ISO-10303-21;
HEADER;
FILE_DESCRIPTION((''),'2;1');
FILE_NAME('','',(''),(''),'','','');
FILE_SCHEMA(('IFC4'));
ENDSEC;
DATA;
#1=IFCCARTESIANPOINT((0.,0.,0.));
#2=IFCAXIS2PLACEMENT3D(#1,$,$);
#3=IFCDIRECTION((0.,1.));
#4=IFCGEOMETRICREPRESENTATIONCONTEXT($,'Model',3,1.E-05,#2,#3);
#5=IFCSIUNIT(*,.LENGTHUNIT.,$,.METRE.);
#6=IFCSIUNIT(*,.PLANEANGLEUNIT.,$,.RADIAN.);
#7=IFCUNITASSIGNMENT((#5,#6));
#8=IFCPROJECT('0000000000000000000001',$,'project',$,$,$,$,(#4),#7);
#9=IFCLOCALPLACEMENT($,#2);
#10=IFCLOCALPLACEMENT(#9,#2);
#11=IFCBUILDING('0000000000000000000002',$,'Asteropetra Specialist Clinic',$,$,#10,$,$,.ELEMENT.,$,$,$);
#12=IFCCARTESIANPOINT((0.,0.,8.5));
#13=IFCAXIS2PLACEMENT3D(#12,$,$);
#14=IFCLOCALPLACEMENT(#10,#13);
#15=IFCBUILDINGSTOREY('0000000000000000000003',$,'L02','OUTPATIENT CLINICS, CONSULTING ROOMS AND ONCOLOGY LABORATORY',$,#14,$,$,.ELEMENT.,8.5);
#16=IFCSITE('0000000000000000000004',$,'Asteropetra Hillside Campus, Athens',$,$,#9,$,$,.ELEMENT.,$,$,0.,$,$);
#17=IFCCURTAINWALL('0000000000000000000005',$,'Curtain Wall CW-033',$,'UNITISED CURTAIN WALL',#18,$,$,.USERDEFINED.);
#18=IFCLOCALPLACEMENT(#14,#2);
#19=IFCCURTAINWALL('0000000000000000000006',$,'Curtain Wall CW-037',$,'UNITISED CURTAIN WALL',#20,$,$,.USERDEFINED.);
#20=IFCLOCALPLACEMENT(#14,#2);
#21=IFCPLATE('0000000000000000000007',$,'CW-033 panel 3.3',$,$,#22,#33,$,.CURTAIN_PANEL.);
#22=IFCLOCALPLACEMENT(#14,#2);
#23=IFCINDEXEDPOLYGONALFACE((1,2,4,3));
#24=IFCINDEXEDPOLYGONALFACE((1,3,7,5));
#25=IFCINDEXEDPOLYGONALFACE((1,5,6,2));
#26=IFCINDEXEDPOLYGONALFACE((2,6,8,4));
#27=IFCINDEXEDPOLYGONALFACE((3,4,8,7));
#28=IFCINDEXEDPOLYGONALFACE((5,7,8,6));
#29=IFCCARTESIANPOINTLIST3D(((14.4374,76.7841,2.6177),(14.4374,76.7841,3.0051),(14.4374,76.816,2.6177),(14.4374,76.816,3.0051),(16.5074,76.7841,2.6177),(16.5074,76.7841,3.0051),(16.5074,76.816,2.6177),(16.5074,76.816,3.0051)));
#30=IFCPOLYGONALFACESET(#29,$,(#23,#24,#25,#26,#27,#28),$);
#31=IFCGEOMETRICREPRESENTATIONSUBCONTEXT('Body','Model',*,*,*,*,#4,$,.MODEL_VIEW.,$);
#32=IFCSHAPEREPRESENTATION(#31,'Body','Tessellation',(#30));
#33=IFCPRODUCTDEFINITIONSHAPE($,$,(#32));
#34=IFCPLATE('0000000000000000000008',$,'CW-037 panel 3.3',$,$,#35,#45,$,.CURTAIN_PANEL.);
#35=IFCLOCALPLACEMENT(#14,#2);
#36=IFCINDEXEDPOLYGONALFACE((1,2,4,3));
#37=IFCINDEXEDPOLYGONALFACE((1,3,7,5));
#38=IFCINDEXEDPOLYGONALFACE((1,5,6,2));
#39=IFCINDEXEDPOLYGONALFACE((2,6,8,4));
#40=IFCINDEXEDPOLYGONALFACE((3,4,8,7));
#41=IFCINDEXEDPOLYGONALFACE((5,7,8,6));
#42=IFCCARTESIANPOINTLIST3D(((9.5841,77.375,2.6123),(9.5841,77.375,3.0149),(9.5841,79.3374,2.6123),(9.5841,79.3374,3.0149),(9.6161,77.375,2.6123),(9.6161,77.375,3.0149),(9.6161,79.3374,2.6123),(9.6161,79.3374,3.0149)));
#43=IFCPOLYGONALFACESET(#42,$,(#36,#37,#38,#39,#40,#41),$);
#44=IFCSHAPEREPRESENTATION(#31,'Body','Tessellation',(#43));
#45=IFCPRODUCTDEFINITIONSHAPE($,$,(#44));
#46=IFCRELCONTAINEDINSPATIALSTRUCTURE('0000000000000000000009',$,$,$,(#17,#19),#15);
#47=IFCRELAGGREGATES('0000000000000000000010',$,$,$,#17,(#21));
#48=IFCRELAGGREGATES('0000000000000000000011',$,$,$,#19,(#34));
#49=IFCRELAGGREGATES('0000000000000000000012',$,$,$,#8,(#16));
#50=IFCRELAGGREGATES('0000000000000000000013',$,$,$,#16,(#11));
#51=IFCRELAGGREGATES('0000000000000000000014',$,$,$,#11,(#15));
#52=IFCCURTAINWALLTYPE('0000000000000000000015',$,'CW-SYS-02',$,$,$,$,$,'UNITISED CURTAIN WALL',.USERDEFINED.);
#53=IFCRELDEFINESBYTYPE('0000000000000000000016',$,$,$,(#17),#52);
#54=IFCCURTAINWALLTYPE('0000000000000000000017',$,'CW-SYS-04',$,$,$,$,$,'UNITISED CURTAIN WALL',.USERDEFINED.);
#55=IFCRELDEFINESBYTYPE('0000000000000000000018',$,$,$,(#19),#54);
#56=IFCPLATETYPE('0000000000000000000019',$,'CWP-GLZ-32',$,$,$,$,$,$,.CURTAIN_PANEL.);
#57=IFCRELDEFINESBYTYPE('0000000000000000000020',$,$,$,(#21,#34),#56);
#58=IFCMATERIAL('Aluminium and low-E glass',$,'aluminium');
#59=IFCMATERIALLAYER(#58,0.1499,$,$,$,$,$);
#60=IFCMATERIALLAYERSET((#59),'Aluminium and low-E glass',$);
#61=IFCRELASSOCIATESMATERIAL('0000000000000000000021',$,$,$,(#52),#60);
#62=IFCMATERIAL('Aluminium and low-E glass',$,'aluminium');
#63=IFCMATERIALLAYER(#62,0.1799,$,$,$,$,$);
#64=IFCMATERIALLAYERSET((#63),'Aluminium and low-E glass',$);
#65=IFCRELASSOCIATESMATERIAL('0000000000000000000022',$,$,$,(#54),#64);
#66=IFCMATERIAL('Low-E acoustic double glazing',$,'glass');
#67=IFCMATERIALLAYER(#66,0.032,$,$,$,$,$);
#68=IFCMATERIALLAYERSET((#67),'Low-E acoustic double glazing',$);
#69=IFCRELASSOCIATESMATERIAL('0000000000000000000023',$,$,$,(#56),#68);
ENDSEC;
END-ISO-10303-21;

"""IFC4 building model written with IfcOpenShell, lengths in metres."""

from ifc_helpers import new_model, si_unit, direction, frame, origin, origin_2d, place, context, subcontext, project, spatial, rectangle, extrude, material, layer, layer_set, type_object, element, aggregate, save


model = new_model("IFC4")

# Units and contexts
model_context = context("Model", 3, precision=1e-05, world=origin(), true_north=direction((0.0, 1.0)))
body_context = subcontext(model_context, "Body", "Model", "MODEL_VIEW")
ifc_project = project(units=[si_unit("LENGTHUNIT", "METRE"), si_unit("PLANEANGLEUNIT", "RADIAN")], contexts=[model_context])

# Site, building, storey
site_placement = place(None, origin())
site = spatial("IfcSite", under=ifc_project, at=site_placement, Name="Asteropetra Hillside Campus, Athens", CompositionType="ELEMENT", RefElevation=0.0)
building_placement = place(site_placement, origin())
building = spatial("IfcBuilding", under=site, at=building_placement, Name="Asteropetra Specialist Clinic", CompositionType="ELEMENT")
storey_placement = place(building_placement, frame((0.0, 0.0, 8.5)))
storey = spatial("IfcBuildingStorey", under=building, at=storey_placement, Name="L02", Description="OUTPATIENT CLINICS, CONSULTING ROOMS AND ONCOLOGY LABORATORY", CompositionType="ELEMENT", Elevation=8.5)

# Curtain walls
ifc_material_1 = material(Name="Aluminium and low-E glass", Category="aluminium")
ifc_layer_1 = layer(ifc_material_1, 0.1499)
ifc_layer_set_1 = layer_set([ifc_layer_1], Name="Aluminium and low-E glass")
curtain_wall_type_1 = type_object("IfcCurtainWallType", Name="CW-SYS-02", ElementType="UNITISED CURTAIN WALL", PredefinedType="USERDEFINED", material=ifc_layer_set_1)
curtain_wall_1_placement = place(storey_placement, origin())
curtain_wall_1 = element("IfcCurtainWall", 1, at=curtain_wall_1_placement, inside=storey, type_object=curtain_wall_type_1, Name="Curtain Wall CW-033", ObjectType="UNITISED CURTAIN WALL", PredefinedType="USERDEFINED")
ifc_material_2 = material(Name="Aluminium and low-E glass", Category="aluminium")
ifc_layer_2 = layer(ifc_material_2, 0.1799)
ifc_layer_set_2 = layer_set([ifc_layer_2], Name="Aluminium and low-E glass")
curtain_wall_type_2 = type_object("IfcCurtainWallType", Name="CW-SYS-04", ElementType="UNITISED CURTAIN WALL", PredefinedType="USERDEFINED", material=ifc_layer_set_2)
curtain_wall_2_placement = place(storey_placement, origin())
curtain_wall_2 = element("IfcCurtainWall", 2, at=curtain_wall_2_placement, inside=storey, type_object=curtain_wall_type_2, Name="Curtain Wall CW-037", ObjectType="UNITISED CURTAIN WALL", PredefinedType="USERDEFINED")

# Plates
ifc_material_3 = material(Name="Low-E acoustic double glazing", Category="glass")
ifc_layer_3 = layer(ifc_material_3, 0.032)
ifc_layer_set_3 = layer_set([ifc_layer_3], Name="Low-E acoustic double glazing")
plate_type = type_object("IfcPlateType", Name="CWP-GLZ-32", PredefinedType="CURTAIN_PANEL", material=ifc_layer_set_3)
plate_1_placement = place(storey_placement, frame((15.4724, 76.8, 2.6177), z_axis=(0.0, 0.0, 1.0), x_axis=(1.0, 0.0, 0.0)))
plate_1 = element("IfcPlate", 3, at=plate_1_placement, type_object=plate_type, Name="CW-033 panel 3.3", PredefinedType="CURTAIN_PANEL", context=body_context, shape_type="SweptSolid", body=[
    extrude(rectangle(XDim=2.0701, YDim=0.032, at=origin_2d()), origin(), (0.0, 0.0, 1.0), 0.3875),
])
aggregate(curtain_wall_1, [plate_1])
plate_2_placement = place(storey_placement, frame((9.6001, 78.3562, 2.6123), z_axis=(0.0, 0.0, 1.0), x_axis=(0.0, -1.0, 0.0)))
plate_2 = element("IfcPlate", 4, at=plate_2_placement, type_object=plate_type, Name="CW-037 panel 3.3", PredefinedType="CURTAIN_PANEL", context=body_context, shape_type="SweptSolid", body=[
    extrude(rectangle(XDim=1.9624, YDim=0.032, at=origin_2d()), origin(), (0.0, 0.0, 1.0), 0.4026),
])
aggregate(curtain_wall_2, [plate_2])

save(model, "model.ifc")
